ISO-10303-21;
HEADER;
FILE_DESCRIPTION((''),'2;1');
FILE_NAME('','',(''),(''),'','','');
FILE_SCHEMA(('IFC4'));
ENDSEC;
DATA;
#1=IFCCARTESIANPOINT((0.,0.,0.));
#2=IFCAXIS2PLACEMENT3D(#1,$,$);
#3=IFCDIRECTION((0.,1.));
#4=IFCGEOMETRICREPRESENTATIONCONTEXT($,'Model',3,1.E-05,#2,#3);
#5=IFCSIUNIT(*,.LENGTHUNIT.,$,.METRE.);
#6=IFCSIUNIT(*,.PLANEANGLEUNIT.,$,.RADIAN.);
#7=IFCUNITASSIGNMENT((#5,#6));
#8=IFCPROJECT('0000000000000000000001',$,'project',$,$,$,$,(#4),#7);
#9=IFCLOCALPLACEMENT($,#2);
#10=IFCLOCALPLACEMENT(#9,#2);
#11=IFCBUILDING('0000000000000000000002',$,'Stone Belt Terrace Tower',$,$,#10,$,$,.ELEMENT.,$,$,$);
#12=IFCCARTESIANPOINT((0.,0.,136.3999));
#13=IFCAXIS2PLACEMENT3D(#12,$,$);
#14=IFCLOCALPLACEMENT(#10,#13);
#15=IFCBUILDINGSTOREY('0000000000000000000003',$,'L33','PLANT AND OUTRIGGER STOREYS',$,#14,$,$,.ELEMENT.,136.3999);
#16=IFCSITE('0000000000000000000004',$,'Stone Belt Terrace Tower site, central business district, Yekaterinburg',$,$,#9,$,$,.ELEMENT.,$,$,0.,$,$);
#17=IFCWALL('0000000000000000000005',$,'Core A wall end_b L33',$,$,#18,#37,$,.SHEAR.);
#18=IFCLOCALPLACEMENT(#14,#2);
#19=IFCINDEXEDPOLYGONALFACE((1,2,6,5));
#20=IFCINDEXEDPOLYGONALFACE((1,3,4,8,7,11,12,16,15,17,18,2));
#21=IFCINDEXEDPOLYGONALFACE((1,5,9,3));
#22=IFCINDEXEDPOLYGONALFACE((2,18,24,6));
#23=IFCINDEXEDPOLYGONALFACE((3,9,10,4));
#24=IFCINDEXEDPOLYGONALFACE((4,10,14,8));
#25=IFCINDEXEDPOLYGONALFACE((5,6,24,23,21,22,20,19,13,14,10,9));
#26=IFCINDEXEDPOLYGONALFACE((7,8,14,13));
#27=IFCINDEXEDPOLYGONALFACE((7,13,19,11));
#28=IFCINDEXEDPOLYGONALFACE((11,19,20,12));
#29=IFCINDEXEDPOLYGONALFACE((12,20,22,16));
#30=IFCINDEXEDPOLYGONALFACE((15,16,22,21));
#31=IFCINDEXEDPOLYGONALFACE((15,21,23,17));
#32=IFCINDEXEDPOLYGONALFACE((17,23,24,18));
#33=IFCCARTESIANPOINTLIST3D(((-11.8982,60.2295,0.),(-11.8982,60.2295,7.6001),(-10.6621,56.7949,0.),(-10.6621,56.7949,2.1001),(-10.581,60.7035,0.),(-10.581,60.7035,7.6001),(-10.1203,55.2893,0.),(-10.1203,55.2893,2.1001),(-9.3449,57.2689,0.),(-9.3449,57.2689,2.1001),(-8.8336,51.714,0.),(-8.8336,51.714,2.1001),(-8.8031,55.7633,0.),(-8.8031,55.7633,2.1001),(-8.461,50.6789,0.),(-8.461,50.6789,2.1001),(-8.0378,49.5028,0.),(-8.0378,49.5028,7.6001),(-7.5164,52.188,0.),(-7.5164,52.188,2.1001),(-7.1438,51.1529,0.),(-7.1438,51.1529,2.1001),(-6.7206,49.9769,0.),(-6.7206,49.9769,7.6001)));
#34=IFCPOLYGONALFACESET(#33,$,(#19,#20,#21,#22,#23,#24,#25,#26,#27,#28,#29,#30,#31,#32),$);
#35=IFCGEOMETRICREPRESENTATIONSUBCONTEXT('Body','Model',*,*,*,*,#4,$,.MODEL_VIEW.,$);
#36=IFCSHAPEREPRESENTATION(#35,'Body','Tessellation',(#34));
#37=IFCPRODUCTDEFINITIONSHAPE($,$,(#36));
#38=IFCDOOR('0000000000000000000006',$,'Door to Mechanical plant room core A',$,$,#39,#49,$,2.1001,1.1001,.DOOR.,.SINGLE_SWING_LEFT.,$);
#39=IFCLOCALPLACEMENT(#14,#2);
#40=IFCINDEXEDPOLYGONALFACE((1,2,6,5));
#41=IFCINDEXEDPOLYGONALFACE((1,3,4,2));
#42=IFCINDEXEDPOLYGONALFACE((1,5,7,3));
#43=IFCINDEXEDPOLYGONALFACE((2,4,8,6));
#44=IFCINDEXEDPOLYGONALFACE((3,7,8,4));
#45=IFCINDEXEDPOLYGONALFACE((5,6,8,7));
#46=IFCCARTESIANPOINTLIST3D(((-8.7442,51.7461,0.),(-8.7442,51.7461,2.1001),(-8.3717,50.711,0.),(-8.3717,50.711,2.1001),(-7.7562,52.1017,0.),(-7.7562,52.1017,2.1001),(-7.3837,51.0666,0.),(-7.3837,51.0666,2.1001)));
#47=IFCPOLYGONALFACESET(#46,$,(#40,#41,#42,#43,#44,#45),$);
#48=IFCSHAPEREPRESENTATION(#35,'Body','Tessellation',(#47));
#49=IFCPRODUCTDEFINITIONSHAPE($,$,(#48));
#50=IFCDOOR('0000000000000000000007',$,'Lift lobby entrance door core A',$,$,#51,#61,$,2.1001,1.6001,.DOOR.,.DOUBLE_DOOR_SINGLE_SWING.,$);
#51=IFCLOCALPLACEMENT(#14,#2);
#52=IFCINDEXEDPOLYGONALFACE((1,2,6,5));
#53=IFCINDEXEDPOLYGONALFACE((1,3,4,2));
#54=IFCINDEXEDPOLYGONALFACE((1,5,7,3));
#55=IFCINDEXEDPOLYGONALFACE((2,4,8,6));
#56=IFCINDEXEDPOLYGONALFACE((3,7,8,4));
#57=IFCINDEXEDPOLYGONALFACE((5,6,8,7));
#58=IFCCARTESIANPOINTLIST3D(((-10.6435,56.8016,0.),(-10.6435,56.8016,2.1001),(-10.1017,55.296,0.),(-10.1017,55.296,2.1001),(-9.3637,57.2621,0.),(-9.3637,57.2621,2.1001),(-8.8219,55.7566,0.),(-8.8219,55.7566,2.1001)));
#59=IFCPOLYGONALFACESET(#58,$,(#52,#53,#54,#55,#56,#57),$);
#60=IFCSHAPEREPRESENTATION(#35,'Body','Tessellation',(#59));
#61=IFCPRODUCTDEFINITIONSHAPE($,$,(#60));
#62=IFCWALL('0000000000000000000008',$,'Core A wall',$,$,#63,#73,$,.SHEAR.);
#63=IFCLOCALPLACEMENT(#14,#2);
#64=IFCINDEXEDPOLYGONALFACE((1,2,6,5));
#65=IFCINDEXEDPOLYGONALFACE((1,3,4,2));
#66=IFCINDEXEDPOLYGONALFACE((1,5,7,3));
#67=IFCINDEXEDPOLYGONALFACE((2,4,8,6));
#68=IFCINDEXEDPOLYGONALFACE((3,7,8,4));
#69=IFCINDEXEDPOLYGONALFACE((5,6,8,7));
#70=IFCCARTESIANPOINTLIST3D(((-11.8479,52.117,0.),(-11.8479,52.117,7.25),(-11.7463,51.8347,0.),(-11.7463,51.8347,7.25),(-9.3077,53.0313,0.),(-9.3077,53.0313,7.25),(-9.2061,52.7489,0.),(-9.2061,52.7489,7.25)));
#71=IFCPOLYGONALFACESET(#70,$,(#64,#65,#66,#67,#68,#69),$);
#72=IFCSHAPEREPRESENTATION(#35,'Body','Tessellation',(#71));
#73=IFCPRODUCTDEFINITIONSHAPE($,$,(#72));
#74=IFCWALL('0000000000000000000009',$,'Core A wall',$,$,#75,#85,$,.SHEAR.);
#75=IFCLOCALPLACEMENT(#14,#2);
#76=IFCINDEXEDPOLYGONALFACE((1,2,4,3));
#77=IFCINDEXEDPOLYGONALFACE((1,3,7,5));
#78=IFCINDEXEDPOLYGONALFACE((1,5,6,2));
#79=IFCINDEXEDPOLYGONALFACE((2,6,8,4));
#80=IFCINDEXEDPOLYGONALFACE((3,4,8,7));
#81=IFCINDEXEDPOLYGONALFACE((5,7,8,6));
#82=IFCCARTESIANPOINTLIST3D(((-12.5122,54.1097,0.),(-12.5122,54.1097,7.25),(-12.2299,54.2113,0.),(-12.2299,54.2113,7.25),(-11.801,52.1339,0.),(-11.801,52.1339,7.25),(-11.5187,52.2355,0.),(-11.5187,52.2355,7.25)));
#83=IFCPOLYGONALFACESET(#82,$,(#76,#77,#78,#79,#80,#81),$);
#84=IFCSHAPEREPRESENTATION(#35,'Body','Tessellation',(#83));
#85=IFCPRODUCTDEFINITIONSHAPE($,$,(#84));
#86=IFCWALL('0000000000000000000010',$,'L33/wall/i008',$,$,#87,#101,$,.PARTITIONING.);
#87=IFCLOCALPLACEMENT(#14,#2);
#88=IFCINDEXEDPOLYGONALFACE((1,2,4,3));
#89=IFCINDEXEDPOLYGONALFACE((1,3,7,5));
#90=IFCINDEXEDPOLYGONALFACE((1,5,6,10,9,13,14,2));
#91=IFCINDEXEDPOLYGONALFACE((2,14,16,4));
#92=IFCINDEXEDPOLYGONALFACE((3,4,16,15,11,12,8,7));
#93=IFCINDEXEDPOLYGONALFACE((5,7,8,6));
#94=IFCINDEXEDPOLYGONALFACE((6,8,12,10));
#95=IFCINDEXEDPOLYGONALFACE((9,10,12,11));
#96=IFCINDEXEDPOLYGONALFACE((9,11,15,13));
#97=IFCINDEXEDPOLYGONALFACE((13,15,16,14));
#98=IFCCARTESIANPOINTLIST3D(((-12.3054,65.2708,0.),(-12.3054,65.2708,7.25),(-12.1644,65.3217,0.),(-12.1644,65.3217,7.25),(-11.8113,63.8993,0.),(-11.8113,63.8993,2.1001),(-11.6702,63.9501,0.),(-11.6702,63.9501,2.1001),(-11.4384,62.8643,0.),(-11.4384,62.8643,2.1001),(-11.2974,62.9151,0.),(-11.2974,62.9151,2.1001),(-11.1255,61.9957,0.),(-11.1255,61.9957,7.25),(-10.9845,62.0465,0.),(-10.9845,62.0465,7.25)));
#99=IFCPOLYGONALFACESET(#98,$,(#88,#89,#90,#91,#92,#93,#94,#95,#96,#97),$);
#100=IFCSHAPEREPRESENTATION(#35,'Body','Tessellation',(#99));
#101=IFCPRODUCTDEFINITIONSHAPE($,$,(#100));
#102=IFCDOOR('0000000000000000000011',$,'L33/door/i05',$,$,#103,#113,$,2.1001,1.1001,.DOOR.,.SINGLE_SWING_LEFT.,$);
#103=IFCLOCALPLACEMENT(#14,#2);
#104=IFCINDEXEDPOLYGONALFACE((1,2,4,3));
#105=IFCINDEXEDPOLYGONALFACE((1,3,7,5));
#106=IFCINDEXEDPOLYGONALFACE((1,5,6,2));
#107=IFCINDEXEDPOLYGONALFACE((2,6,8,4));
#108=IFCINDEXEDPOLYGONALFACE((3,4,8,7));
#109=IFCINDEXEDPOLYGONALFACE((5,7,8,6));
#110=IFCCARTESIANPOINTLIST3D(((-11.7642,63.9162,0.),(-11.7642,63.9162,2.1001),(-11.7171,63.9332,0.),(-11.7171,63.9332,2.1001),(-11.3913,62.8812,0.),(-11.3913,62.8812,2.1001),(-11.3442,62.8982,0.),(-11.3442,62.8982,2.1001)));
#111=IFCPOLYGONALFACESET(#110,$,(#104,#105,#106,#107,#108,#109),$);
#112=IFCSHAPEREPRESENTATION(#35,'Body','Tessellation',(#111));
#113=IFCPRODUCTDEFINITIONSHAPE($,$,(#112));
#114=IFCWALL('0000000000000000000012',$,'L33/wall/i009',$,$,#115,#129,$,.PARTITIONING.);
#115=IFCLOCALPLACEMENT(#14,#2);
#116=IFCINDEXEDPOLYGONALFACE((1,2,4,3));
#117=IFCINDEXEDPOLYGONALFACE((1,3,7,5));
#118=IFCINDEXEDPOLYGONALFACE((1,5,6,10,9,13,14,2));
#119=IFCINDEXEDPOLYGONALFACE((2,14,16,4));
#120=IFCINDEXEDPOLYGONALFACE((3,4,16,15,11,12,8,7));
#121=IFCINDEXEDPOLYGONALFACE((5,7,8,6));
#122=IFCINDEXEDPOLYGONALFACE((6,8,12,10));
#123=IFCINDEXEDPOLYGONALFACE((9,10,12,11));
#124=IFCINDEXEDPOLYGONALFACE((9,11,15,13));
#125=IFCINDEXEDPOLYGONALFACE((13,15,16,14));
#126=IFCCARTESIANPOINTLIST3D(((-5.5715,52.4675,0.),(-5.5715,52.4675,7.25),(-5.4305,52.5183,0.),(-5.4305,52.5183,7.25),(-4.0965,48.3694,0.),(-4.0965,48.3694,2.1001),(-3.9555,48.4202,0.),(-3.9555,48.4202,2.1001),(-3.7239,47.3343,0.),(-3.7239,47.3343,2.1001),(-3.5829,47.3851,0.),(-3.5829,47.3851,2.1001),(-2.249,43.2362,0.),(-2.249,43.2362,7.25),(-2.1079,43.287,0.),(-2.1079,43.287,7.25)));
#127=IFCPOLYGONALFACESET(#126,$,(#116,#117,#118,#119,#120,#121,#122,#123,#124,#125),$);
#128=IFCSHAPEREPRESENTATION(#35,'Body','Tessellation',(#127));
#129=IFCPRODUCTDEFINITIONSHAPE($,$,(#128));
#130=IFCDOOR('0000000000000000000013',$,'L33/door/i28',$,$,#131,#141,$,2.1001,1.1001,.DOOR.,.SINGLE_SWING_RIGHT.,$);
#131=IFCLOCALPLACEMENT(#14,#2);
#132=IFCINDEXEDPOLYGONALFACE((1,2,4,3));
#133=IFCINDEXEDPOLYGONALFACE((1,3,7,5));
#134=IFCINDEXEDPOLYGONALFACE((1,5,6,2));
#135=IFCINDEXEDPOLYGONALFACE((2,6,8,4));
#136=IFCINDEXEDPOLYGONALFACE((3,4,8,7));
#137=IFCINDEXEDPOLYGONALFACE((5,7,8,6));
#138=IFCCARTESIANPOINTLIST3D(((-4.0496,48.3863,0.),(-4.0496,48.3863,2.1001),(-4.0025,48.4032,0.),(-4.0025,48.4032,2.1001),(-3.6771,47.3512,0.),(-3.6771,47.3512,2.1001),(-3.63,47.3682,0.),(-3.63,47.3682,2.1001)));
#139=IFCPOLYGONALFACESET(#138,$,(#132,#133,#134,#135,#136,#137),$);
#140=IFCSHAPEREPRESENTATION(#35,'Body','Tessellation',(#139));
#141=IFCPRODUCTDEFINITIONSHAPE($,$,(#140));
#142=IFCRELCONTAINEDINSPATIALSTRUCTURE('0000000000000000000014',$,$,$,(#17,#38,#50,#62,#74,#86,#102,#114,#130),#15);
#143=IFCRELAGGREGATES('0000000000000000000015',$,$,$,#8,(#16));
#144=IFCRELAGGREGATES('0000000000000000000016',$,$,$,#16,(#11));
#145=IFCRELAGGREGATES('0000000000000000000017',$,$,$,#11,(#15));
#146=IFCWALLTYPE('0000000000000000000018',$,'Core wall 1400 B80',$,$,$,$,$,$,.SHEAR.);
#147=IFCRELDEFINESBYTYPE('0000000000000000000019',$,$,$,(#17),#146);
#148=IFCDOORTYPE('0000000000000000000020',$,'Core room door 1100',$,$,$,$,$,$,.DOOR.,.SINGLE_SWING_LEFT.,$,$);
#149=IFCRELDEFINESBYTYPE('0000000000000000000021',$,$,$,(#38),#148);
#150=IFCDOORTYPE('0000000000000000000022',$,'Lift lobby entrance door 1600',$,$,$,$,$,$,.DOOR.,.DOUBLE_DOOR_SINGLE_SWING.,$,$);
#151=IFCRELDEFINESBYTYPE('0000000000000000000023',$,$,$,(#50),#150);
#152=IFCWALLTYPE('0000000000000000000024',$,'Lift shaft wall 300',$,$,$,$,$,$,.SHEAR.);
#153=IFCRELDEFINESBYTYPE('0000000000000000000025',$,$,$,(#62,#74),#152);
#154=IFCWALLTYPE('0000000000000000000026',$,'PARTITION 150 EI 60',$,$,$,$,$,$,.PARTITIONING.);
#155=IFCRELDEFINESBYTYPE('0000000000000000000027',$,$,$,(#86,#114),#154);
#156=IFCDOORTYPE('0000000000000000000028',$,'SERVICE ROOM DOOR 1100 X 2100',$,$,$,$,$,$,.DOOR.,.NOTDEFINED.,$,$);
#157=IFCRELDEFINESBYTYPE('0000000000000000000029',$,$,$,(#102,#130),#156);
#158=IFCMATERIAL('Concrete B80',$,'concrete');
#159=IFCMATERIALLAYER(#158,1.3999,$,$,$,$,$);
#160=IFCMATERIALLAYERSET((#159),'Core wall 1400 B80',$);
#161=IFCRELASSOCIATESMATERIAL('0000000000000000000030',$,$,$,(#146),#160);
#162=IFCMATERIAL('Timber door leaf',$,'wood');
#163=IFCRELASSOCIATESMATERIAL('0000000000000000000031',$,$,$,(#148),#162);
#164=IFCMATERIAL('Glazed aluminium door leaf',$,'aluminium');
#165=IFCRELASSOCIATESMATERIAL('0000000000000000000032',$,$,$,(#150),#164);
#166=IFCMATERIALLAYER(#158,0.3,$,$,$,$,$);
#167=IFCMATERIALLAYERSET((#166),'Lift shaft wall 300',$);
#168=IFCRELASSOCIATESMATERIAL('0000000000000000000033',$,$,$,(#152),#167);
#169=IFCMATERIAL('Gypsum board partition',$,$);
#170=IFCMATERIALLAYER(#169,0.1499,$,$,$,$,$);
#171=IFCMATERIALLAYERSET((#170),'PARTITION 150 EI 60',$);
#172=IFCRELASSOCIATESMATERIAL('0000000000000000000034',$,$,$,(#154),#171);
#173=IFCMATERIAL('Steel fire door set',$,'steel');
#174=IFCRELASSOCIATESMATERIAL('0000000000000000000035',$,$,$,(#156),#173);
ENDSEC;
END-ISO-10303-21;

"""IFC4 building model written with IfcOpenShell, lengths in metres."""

from ifc_helpers import new_model, si_unit, direction, frame, frame_2d, origin, place, context, subcontext, project, spatial, rectangle, extrude, material, layer, layer_set, type_object, element, fill, save


model = new_model("IFC4")

# Units and contexts
model_context = context("Model", 3, precision=1e-05, world=origin(), true_north=direction((0.0, 1.0)))
body_context = subcontext(model_context, "Body", "Model", "MODEL_VIEW")
ifc_project = project(units=[si_unit("LENGTHUNIT", "METRE"), si_unit("PLANEANGLEUNIT", "RADIAN")], contexts=[model_context])

# Site, building, storey
site_placement = place(None, origin())
site = spatial("IfcSite", under=ifc_project, at=site_placement, Name="Stone Belt Terrace Tower site, central business district, Yekaterinburg", CompositionType="ELEMENT", RefElevation=0.0)
building_placement = place(site_placement, origin())
building = spatial("IfcBuilding", under=site, at=building_placement, Name="Stone Belt Terrace Tower", CompositionType="ELEMENT")
storey_placement = place(building_placement, frame((0.0, 0.0, 136.3999)))
storey = spatial("IfcBuildingStorey", under=building, at=storey_placement, Name="L33", Description="PLANT AND OUTRIGGER STOREYS", CompositionType="ELEMENT", Elevation=136.3999)

# Shared definitions
ifc_material_1 = material(Name="Concrete B80", Category="concrete")

# Wall, openings, doors
ifc_layer_1 = layer(ifc_material_1, 1.3999)
ifc_layer_set_1 = layer_set([ifc_layer_1], Name="Core wall 1400 B80")
wall_type_1 = type_object("IfcWallType", Name="Core wall 1400 B80", PredefinedType="SHEAR", material=ifc_layer_set_1)
wall_1_placement = place(storey_placement, frame((-7.3792, 49.7397, 0.0), z_axis=(0.0, 0.0, 1.0), x_axis=(-0.338625, 0.940921, 0.0)))
wall_1 = element("IfcWall", 1, at=wall_1_placement, inside=storey, type_object=wall_type_1, Name="Core A wall end_b L33", PredefinedType="SHEAR", context=body_context, shape_type="SweptSolid", body=[
    extrude(rectangle(XDim=11.4001, YDim=1.3999, at=frame_2d((5.7002, 0.0))), origin(), (0.0, 0.0, 1.0), 7.6001),
])
opening_1_placement = place(wall_1_placement, frame((6.1499, 0.0, 0.0)))
opening_1 = element("IfcOpeningElement", 2, at=opening_1_placement, cuts=wall_1, PredefinedType="OPENING", context=body_context, shape_type="SweptSolid", body=[
    extrude(rectangle(XDim=1.6001, YDim=2.1001, at=frame_2d((0.8, 1.05))), frame((0.0, 0.71, 0.0), z_axis=(0.0, -1.0, 0.0), x_axis=(1.0, 0.0, 0.0)), (0.0, 0.0, 1.0), 1.4199),
])
opening_2_placement = place(wall_1_placement, frame((1.25, 0.0, 0.0)))
opening_2 = element("IfcOpeningElement", 3, at=opening_2_placement, cuts=wall_1, PredefinedType="OPENING", context=body_context, shape_type="SweptSolid", body=[
    extrude(rectangle(XDim=1.1001, YDim=2.1001, at=frame_2d((0.55, 1.05))), frame((0.0, 0.71, 0.0), z_axis=(0.0, -1.0, 0.0), x_axis=(1.0, 0.0, 0.0)), (0.0, 0.0, 1.0), 1.4199),
])
ifc_material_2 = material(Name="Timber door leaf", Category="wood")
door_type_1 = type_object("IfcDoorType", Name="Core room door 1100", OperationType="SINGLE_SWING_LEFT", PredefinedType="DOOR", material=ifc_material_2)
door_1_placement = place(opening_2_placement, origin())
door_1 = element("IfcDoor", 4, at=door_1_placement, inside=storey, type_object=door_type_1, Name="Door to Mechanical plant room core A", OperationType="SINGLE_SWING_LEFT", OverallHeight=2.1001, OverallWidth=1.1001, PredefinedType="DOOR", context=body_context, shape_type="SweptSolid", body=[
    extrude(rectangle(XDim=1.1001, YDim=2.1001, at=frame_2d((0.55, 1.05))), frame((0.0, 0.605, 0.0), z_axis=(0.0, -1.0, 0.0), x_axis=(1.0, 0.0, 0.0)), (0.0, 0.0, 1.0), 1.05),
])
fill(opening_2, door_1)
ifc_material_3 = material(Name="Glazed aluminium door leaf", Category="aluminium")
door_type_2 = type_object("IfcDoorType", Name="Lift lobby entrance door 1600", OperationType="DOUBLE_DOOR_SINGLE_SWING", PredefinedType="DOOR", material=ifc_material_3)
door_2_placement = place(opening_1_placement, origin())
door_2 = element("IfcDoor", 5, at=door_2_placement, inside=storey, type_object=door_type_2, Name="Lift lobby entrance door core A", OperationType="DOUBLE_DOOR_SINGLE_SWING", OverallHeight=2.1001, OverallWidth=1.6001, PredefinedType="DOOR", context=body_context, shape_type="SweptSolid", body=[
    extrude(rectangle(XDim=1.6001, YDim=2.1001, at=frame_2d((0.8, 1.05))), frame((0.0, 0.6802, 0.0), z_axis=(0.0, -1.0, 0.0), x_axis=(1.0, 0.0, 0.0)), (0.0, 0.0, 1.0), 1.3601),
])
fill(opening_1, door_2)

# Walls
ifc_layer_2 = layer(ifc_material_1, 0.3)
ifc_layer_set_2 = layer_set([ifc_layer_2], Name="Lift shaft wall 300")
wall_type_2 = type_object("IfcWallType", Name="Lift shaft wall 300", PredefinedType="SHEAR", material=ifc_layer_set_2)
wall_2_placement = place(storey_placement, frame((-11.7971, 51.9758, 0.0), z_axis=(0.0, 0.0, 1.0), x_axis=(0.94091, 0.338655, 0.0)))
element("IfcWall", 6, at=wall_2_placement, inside=storey, type_object=wall_type_2, Name="Core A wall", PredefinedType="SHEAR", context=body_context, shape_type="SweptSolid", body=[
    extrude(rectangle(XDim=2.6997, YDim=0.3, at=frame_2d((1.3499, 0.0))), origin(), (0.0, 0.0, 1.0), 7.25),
])
wall_3_placement = place(storey_placement, frame((-11.6599, 52.1848, 0.0), z_axis=(0.0, 0.0, 1.0), x_axis=(-0.33867, 0.940905, 0.0)))
element("IfcWall", 7, at=wall_3_placement, inside=storey, type_object=wall_type_2, Name="Core A wall", PredefinedType="SHEAR", context=body_context, shape_type="SweptSolid", body=[
    extrude(rectangle(XDim=2.0999, YDim=0.3, at=frame_2d((1.0498, 0.0))), origin(), (0.0, 0.0, 1.0), 7.25),
])

# Walls, openings, doors
ifc_material_4 = material(Name="Gypsum board partition")
ifc_layer_3 = layer(ifc_material_4, 0.1499)
ifc_layer_set_3 = layer_set([ifc_layer_3], Name="PARTITION 150 EI 60")
wall_type_3 = type_object("IfcWallType", Name="PARTITION 150 EI 60", PredefinedType="PARTITIONING", material=ifc_layer_set_3)
wall_4_placement = place(storey_placement, frame((-11.0549, 62.021, 0.0), z_axis=(0.0, 0.0, 1.0), x_axis=(-0.338943, 0.940807, 0.0)))
wall_4 = element("IfcWall", 8, at=wall_4_placement, inside=storey, type_object=wall_type_3, Name="L33/wall/i008", PredefinedType="PARTITIONING", context=body_context, shape_type="SweptSolid", body=[
    extrude(rectangle(XDim=3.4812, YDim=0.1499, at=frame_2d((1.7407, 0.0))), origin(), (0.0, 0.0, 1.0), 7.25),
])
opening_3_placement = place(wall_4_placement, frame((0.9233, 0.0, 0.0)))
opening_3 = element("IfcOpeningElement", 9, at=opening_3_placement, cuts=wall_4, PredefinedType="OPENING", context=body_context, shape_type="SweptSolid", body=[
    extrude(rectangle(XDim=1.1001, YDim=2.1001, at=frame_2d((0.55, 1.05))), frame((0.0, 0.085, 0.0), z_axis=(0.0, -1.0, 0.0), x_axis=(1.0, 0.0, 0.0)), (0.0, 0.0, 1.0), 0.1699),
])
ifc_material_5 = material(Name="Steel fire door set", Category="steel")
door_type_3 = type_object("IfcDoorType", Name="SERVICE ROOM DOOR 1100 X 2100", OperationType="NOTDEFINED", PredefinedType="DOOR", material=ifc_material_5)
door_3_placement = place(opening_3_placement, origin())
door_3 = element("IfcDoor", 10, at=door_3_placement, inside=storey, type_object=door_type_3, Name="L33/door/i05", OperationType="SINGLE_SWING_LEFT", OverallHeight=2.1001, OverallWidth=1.1001, PredefinedType="DOOR", context=body_context, shape_type="SweptSolid", body=[
    extrude(rectangle(XDim=1.1001, YDim=2.1001, at=frame_2d((0.55, 1.05))), frame((0.0, 0.0249, 0.0), z_axis=(0.0, -1.0, 0.0), x_axis=(1.0, 0.0, 0.0)), (0.0, 0.0, 1.0), 0.05),
])
fill(opening_3, door_3)
wall_5_placement = place(storey_placement, frame((-5.501, 52.4929, 0.0), z_axis=(0.0, 0.0, 1.0), x_axis=(0.338654, -0.940911, 0.0)))
wall_5 = element("IfcWall", 11, at=wall_5_placement, inside=storey, type_object=wall_type_3, Name="L33/wall/i009", PredefinedType="PARTITIONING", context=body_context, shape_type="SweptSolid", body=[
    extrude(rectangle(XDim=9.811, YDim=0.1499, at=frame_2d((4.9055, 0.0))), origin(), (0.0, 0.0, 1.0), 7.25),
])
opening_4_placement = place(wall_5_placement, frame((4.3555, 0.0, 0.0)))
opening_4 = element("IfcOpeningElement", 12, at=opening_4_placement, cuts=wall_5, PredefinedType="OPENING", context=body_context, shape_type="SweptSolid", body=[
    extrude(rectangle(XDim=1.1001, YDim=2.1001, at=frame_2d((0.55, 1.05))), frame((0.0, 0.085, 0.0), z_axis=(0.0, -1.0, 0.0), x_axis=(1.0, 0.0, 0.0)), (0.0, 0.0, 1.0), 0.1699),
])
door_4_placement = place(opening_4_placement, origin())
door_4 = element("IfcDoor", 13, at=door_4_placement, inside=storey, type_object=door_type_3, Name="L33/door/i28", OperationType="SINGLE_SWING_RIGHT", OverallHeight=2.1001, OverallWidth=1.1001, PredefinedType="DOOR", context=body_context, shape_type="SweptSolid", body=[
    extrude(rectangle(XDim=1.1001, YDim=2.1001, at=frame_2d((0.55, 1.05))), frame((0.0, 0.0249, 0.0), z_axis=(0.0, -1.0, 0.0), x_axis=(1.0, 0.0, 0.0)), (0.0, 0.0, 1.0), 0.05),
])
fill(opening_4, door_4)

save(model, "model.ifc")
